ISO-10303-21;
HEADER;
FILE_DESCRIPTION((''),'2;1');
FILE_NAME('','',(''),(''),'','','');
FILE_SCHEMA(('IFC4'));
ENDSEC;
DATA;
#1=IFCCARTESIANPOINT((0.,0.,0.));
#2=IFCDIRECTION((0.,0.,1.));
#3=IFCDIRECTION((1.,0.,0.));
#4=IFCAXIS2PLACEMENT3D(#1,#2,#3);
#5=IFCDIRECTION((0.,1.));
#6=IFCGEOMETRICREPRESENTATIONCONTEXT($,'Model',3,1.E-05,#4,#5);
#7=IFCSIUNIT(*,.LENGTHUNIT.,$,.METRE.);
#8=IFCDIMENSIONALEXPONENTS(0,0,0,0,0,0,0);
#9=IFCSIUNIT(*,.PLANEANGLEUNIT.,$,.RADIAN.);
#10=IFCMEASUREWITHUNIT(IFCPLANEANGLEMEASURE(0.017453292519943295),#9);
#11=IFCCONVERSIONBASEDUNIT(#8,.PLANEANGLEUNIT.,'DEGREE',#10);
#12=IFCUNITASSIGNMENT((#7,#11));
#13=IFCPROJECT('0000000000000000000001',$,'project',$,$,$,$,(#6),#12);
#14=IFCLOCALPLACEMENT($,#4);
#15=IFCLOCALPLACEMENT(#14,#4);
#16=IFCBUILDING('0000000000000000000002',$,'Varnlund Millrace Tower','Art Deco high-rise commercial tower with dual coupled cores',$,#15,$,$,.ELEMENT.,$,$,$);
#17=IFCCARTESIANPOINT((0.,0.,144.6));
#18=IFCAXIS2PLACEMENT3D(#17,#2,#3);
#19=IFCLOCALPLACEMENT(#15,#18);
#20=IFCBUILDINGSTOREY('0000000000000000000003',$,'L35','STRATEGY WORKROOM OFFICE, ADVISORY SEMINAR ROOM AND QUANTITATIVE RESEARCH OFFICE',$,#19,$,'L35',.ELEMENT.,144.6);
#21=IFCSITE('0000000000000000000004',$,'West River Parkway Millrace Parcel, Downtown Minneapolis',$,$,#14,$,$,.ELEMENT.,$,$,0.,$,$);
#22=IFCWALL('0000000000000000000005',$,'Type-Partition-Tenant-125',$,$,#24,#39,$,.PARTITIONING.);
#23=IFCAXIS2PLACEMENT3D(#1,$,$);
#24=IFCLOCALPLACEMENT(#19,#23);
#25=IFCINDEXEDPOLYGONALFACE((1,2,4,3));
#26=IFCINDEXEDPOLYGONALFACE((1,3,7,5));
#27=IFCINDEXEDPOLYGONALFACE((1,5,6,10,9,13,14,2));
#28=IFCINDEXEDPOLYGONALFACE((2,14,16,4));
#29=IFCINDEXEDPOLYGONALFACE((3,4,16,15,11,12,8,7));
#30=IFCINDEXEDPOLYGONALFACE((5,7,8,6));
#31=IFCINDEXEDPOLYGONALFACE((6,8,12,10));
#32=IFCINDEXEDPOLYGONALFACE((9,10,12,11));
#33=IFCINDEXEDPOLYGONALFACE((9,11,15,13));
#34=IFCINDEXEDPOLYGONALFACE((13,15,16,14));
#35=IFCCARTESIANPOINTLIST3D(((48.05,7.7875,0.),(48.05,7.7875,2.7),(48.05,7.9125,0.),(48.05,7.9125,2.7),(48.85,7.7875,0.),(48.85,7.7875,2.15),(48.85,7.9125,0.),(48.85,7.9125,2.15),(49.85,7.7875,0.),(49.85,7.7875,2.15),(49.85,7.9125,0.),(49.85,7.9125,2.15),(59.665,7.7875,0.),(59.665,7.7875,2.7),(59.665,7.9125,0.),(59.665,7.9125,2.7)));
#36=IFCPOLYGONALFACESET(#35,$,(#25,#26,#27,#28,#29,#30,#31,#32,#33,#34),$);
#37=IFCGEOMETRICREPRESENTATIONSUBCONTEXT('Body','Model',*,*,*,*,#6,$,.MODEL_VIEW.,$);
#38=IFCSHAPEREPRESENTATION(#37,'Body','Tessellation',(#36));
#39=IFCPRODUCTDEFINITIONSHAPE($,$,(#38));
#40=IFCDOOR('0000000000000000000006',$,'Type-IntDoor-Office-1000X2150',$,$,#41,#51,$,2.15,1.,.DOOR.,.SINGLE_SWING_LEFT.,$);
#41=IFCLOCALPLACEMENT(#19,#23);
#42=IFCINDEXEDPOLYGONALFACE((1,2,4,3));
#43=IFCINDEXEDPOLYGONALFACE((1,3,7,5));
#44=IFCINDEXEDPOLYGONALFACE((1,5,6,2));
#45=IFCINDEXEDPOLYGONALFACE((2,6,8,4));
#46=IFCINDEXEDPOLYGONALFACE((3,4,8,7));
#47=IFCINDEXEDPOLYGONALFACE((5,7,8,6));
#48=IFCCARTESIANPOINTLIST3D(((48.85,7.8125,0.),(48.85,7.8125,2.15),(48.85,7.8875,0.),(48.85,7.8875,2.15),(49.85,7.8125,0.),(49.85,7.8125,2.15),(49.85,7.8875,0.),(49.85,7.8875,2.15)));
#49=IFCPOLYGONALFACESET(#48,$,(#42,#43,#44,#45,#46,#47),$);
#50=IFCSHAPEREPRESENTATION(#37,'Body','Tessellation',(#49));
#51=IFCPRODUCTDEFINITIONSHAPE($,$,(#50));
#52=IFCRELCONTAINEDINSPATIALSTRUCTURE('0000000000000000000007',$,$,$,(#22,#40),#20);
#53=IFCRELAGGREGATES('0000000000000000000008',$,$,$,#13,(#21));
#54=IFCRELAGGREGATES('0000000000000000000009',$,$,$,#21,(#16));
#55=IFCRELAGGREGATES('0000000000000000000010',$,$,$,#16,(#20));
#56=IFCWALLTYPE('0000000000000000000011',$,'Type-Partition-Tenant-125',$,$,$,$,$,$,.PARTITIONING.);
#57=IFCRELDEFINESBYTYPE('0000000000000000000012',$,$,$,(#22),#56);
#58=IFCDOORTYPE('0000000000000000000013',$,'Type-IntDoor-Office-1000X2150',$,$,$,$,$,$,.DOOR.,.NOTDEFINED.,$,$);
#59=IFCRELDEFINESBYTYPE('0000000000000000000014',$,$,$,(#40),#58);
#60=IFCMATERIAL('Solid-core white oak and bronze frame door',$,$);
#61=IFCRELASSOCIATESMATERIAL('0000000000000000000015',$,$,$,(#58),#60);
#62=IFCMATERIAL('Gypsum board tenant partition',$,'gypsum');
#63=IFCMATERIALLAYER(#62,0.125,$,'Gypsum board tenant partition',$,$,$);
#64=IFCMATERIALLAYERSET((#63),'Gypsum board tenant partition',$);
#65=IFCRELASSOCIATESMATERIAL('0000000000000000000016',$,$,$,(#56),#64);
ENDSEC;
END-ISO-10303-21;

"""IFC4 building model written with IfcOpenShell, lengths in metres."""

from ifc_helpers import new_model, entity, si_unit, converted_unit, direction, frame, origin_with_axes, origin_2d_with_axis, place, context, subcontext, project, spatial, polyline, rectangle, outline, extrude, material, layer, layer_set, type_object, element, fill, save


model = new_model("IFC4")

# Units and contexts
model_context = context("Model", 3, precision=1e-05, world=origin_with_axes(), true_north=direction((0.0, 1.0)))
body_context = subcontext(model_context, "Body", "Model", "MODEL_VIEW")
ifc_project = project(units=[si_unit("LENGTHUNIT", "METRE"), converted_unit("PLANEANGLEUNIT", "DEGREE", entity("IfcPlaneAngleMeasure", 0.017453292519943295), si_unit("PLANEANGLEUNIT", "RADIAN"), dimensions=[0, 0, 0, 0, 0, 0, 0])], contexts=[model_context])

# Site, building, storey
site_placement = place(None, origin_with_axes())
site = spatial("IfcSite", under=ifc_project, at=site_placement, Name="West River Parkway Millrace Parcel, Downtown Minneapolis", CompositionType="ELEMENT", RefElevation=0.0)
building_placement = place(site_placement, origin_with_axes())
building = spatial("IfcBuilding", under=site, at=building_placement, Name="Varnlund Millrace Tower", Description="Art Deco high-rise commercial tower with dual coupled cores", CompositionType="ELEMENT")
storey_placement = place(building_placement, frame((0.0, 0.0, 144.6), z_axis=(0.0, 0.0, 1.0), x_axis=(1.0, 0.0, 0.0)))
storey = spatial("IfcBuildingStorey", under=building, at=storey_placement, Name="L35", Description="STRATEGY WORKROOM OFFICE, ADVISORY SEMINAR ROOM AND QUANTITATIVE RESEARCH OFFICE", LongName="L35", CompositionType="ELEMENT", Elevation=144.6)

# Shared definitions
ifc_material_1 = material(Name="Solid-core white oak and bronze frame door")
door_type = type_object("IfcDoorType", Name="Type-IntDoor-Office-1000X2150", OperationType="NOTDEFINED", PredefinedType="DOOR", material=ifc_material_1)

# Wall, opening, door
ifc_material_2 = material(Name="Gypsum board tenant partition", Category="gypsum")
ifc_layer_1 = layer(ifc_material_2, 0.125, Name="Gypsum board tenant partition")
ifc_layer_set_1 = layer_set([ifc_layer_1], Name="Gypsum board tenant partition")
wall_type_1 = type_object("IfcWallType", Name="Type-Partition-Tenant-125", PredefinedType="PARTITIONING", material=ifc_layer_set_1)
wall_1_placement = place(storey_placement, frame((59.665, 7.85, 0.0), z_axis=(0.0, 0.0, 1.0), x_axis=(-1.0, 0.0, 0.0)))
wall_1 = element("IfcWall", 1, at=wall_1_placement, inside=storey, type_object=wall_type_1, Name="Type-Partition-Tenant-125", PredefinedType="PARTITIONING", context=body_context, shape_type="SweptSolid", body=[
    extrude(outline(polyline([(0.0, -0.0625), (11.615, -0.0625), (11.615, 0.0625), (0.0, 0.0625), (0.0, -0.0625)])), origin_with_axes(), (0.0, 0.0, 1.0), 2.7),
])
opening_1_placement = place(wall_1_placement, frame((10.315, 0.0, 0.0), z_axis=(0.0, 0.0, 1.0), x_axis=(1.0, 0.0, 0.0)))
opening_1 = element("IfcOpeningElement", 2, at=opening_1_placement, cuts=wall_1, PredefinedType="OPENING", context=body_context, shape_type="SweptSolid", body=[
    extrude(rectangle(XDim=1.0, YDim=0.145, at=origin_2d_with_axis()), origin_with_axes(), (0.0, 0.0, 1.0), 2.15),
])
door_1_placement = place(wall_1_placement, frame((10.315, 0.0, 0.0), z_axis=(0.0, 0.0, 1.0), x_axis=(1.0, 0.0, 0.0)))
door_1 = element("IfcDoor", 3, at=door_1_placement, inside=storey, type_object=door_type, Name="Type-IntDoor-Office-1000X2150", OperationType="SINGLE_SWING_LEFT", OverallHeight=2.15, OverallWidth=1.0, PredefinedType="DOOR", context=body_context, shape_type="SweptSolid", body=[
    extrude(rectangle(XDim=1.0, YDim=0.075, at=origin_2d_with_axis()), origin_with_axes(), (0.0, 0.0, 1.0), 2.15),
])
fill(opening_1, door_1)

save(model, "model.ifc")
